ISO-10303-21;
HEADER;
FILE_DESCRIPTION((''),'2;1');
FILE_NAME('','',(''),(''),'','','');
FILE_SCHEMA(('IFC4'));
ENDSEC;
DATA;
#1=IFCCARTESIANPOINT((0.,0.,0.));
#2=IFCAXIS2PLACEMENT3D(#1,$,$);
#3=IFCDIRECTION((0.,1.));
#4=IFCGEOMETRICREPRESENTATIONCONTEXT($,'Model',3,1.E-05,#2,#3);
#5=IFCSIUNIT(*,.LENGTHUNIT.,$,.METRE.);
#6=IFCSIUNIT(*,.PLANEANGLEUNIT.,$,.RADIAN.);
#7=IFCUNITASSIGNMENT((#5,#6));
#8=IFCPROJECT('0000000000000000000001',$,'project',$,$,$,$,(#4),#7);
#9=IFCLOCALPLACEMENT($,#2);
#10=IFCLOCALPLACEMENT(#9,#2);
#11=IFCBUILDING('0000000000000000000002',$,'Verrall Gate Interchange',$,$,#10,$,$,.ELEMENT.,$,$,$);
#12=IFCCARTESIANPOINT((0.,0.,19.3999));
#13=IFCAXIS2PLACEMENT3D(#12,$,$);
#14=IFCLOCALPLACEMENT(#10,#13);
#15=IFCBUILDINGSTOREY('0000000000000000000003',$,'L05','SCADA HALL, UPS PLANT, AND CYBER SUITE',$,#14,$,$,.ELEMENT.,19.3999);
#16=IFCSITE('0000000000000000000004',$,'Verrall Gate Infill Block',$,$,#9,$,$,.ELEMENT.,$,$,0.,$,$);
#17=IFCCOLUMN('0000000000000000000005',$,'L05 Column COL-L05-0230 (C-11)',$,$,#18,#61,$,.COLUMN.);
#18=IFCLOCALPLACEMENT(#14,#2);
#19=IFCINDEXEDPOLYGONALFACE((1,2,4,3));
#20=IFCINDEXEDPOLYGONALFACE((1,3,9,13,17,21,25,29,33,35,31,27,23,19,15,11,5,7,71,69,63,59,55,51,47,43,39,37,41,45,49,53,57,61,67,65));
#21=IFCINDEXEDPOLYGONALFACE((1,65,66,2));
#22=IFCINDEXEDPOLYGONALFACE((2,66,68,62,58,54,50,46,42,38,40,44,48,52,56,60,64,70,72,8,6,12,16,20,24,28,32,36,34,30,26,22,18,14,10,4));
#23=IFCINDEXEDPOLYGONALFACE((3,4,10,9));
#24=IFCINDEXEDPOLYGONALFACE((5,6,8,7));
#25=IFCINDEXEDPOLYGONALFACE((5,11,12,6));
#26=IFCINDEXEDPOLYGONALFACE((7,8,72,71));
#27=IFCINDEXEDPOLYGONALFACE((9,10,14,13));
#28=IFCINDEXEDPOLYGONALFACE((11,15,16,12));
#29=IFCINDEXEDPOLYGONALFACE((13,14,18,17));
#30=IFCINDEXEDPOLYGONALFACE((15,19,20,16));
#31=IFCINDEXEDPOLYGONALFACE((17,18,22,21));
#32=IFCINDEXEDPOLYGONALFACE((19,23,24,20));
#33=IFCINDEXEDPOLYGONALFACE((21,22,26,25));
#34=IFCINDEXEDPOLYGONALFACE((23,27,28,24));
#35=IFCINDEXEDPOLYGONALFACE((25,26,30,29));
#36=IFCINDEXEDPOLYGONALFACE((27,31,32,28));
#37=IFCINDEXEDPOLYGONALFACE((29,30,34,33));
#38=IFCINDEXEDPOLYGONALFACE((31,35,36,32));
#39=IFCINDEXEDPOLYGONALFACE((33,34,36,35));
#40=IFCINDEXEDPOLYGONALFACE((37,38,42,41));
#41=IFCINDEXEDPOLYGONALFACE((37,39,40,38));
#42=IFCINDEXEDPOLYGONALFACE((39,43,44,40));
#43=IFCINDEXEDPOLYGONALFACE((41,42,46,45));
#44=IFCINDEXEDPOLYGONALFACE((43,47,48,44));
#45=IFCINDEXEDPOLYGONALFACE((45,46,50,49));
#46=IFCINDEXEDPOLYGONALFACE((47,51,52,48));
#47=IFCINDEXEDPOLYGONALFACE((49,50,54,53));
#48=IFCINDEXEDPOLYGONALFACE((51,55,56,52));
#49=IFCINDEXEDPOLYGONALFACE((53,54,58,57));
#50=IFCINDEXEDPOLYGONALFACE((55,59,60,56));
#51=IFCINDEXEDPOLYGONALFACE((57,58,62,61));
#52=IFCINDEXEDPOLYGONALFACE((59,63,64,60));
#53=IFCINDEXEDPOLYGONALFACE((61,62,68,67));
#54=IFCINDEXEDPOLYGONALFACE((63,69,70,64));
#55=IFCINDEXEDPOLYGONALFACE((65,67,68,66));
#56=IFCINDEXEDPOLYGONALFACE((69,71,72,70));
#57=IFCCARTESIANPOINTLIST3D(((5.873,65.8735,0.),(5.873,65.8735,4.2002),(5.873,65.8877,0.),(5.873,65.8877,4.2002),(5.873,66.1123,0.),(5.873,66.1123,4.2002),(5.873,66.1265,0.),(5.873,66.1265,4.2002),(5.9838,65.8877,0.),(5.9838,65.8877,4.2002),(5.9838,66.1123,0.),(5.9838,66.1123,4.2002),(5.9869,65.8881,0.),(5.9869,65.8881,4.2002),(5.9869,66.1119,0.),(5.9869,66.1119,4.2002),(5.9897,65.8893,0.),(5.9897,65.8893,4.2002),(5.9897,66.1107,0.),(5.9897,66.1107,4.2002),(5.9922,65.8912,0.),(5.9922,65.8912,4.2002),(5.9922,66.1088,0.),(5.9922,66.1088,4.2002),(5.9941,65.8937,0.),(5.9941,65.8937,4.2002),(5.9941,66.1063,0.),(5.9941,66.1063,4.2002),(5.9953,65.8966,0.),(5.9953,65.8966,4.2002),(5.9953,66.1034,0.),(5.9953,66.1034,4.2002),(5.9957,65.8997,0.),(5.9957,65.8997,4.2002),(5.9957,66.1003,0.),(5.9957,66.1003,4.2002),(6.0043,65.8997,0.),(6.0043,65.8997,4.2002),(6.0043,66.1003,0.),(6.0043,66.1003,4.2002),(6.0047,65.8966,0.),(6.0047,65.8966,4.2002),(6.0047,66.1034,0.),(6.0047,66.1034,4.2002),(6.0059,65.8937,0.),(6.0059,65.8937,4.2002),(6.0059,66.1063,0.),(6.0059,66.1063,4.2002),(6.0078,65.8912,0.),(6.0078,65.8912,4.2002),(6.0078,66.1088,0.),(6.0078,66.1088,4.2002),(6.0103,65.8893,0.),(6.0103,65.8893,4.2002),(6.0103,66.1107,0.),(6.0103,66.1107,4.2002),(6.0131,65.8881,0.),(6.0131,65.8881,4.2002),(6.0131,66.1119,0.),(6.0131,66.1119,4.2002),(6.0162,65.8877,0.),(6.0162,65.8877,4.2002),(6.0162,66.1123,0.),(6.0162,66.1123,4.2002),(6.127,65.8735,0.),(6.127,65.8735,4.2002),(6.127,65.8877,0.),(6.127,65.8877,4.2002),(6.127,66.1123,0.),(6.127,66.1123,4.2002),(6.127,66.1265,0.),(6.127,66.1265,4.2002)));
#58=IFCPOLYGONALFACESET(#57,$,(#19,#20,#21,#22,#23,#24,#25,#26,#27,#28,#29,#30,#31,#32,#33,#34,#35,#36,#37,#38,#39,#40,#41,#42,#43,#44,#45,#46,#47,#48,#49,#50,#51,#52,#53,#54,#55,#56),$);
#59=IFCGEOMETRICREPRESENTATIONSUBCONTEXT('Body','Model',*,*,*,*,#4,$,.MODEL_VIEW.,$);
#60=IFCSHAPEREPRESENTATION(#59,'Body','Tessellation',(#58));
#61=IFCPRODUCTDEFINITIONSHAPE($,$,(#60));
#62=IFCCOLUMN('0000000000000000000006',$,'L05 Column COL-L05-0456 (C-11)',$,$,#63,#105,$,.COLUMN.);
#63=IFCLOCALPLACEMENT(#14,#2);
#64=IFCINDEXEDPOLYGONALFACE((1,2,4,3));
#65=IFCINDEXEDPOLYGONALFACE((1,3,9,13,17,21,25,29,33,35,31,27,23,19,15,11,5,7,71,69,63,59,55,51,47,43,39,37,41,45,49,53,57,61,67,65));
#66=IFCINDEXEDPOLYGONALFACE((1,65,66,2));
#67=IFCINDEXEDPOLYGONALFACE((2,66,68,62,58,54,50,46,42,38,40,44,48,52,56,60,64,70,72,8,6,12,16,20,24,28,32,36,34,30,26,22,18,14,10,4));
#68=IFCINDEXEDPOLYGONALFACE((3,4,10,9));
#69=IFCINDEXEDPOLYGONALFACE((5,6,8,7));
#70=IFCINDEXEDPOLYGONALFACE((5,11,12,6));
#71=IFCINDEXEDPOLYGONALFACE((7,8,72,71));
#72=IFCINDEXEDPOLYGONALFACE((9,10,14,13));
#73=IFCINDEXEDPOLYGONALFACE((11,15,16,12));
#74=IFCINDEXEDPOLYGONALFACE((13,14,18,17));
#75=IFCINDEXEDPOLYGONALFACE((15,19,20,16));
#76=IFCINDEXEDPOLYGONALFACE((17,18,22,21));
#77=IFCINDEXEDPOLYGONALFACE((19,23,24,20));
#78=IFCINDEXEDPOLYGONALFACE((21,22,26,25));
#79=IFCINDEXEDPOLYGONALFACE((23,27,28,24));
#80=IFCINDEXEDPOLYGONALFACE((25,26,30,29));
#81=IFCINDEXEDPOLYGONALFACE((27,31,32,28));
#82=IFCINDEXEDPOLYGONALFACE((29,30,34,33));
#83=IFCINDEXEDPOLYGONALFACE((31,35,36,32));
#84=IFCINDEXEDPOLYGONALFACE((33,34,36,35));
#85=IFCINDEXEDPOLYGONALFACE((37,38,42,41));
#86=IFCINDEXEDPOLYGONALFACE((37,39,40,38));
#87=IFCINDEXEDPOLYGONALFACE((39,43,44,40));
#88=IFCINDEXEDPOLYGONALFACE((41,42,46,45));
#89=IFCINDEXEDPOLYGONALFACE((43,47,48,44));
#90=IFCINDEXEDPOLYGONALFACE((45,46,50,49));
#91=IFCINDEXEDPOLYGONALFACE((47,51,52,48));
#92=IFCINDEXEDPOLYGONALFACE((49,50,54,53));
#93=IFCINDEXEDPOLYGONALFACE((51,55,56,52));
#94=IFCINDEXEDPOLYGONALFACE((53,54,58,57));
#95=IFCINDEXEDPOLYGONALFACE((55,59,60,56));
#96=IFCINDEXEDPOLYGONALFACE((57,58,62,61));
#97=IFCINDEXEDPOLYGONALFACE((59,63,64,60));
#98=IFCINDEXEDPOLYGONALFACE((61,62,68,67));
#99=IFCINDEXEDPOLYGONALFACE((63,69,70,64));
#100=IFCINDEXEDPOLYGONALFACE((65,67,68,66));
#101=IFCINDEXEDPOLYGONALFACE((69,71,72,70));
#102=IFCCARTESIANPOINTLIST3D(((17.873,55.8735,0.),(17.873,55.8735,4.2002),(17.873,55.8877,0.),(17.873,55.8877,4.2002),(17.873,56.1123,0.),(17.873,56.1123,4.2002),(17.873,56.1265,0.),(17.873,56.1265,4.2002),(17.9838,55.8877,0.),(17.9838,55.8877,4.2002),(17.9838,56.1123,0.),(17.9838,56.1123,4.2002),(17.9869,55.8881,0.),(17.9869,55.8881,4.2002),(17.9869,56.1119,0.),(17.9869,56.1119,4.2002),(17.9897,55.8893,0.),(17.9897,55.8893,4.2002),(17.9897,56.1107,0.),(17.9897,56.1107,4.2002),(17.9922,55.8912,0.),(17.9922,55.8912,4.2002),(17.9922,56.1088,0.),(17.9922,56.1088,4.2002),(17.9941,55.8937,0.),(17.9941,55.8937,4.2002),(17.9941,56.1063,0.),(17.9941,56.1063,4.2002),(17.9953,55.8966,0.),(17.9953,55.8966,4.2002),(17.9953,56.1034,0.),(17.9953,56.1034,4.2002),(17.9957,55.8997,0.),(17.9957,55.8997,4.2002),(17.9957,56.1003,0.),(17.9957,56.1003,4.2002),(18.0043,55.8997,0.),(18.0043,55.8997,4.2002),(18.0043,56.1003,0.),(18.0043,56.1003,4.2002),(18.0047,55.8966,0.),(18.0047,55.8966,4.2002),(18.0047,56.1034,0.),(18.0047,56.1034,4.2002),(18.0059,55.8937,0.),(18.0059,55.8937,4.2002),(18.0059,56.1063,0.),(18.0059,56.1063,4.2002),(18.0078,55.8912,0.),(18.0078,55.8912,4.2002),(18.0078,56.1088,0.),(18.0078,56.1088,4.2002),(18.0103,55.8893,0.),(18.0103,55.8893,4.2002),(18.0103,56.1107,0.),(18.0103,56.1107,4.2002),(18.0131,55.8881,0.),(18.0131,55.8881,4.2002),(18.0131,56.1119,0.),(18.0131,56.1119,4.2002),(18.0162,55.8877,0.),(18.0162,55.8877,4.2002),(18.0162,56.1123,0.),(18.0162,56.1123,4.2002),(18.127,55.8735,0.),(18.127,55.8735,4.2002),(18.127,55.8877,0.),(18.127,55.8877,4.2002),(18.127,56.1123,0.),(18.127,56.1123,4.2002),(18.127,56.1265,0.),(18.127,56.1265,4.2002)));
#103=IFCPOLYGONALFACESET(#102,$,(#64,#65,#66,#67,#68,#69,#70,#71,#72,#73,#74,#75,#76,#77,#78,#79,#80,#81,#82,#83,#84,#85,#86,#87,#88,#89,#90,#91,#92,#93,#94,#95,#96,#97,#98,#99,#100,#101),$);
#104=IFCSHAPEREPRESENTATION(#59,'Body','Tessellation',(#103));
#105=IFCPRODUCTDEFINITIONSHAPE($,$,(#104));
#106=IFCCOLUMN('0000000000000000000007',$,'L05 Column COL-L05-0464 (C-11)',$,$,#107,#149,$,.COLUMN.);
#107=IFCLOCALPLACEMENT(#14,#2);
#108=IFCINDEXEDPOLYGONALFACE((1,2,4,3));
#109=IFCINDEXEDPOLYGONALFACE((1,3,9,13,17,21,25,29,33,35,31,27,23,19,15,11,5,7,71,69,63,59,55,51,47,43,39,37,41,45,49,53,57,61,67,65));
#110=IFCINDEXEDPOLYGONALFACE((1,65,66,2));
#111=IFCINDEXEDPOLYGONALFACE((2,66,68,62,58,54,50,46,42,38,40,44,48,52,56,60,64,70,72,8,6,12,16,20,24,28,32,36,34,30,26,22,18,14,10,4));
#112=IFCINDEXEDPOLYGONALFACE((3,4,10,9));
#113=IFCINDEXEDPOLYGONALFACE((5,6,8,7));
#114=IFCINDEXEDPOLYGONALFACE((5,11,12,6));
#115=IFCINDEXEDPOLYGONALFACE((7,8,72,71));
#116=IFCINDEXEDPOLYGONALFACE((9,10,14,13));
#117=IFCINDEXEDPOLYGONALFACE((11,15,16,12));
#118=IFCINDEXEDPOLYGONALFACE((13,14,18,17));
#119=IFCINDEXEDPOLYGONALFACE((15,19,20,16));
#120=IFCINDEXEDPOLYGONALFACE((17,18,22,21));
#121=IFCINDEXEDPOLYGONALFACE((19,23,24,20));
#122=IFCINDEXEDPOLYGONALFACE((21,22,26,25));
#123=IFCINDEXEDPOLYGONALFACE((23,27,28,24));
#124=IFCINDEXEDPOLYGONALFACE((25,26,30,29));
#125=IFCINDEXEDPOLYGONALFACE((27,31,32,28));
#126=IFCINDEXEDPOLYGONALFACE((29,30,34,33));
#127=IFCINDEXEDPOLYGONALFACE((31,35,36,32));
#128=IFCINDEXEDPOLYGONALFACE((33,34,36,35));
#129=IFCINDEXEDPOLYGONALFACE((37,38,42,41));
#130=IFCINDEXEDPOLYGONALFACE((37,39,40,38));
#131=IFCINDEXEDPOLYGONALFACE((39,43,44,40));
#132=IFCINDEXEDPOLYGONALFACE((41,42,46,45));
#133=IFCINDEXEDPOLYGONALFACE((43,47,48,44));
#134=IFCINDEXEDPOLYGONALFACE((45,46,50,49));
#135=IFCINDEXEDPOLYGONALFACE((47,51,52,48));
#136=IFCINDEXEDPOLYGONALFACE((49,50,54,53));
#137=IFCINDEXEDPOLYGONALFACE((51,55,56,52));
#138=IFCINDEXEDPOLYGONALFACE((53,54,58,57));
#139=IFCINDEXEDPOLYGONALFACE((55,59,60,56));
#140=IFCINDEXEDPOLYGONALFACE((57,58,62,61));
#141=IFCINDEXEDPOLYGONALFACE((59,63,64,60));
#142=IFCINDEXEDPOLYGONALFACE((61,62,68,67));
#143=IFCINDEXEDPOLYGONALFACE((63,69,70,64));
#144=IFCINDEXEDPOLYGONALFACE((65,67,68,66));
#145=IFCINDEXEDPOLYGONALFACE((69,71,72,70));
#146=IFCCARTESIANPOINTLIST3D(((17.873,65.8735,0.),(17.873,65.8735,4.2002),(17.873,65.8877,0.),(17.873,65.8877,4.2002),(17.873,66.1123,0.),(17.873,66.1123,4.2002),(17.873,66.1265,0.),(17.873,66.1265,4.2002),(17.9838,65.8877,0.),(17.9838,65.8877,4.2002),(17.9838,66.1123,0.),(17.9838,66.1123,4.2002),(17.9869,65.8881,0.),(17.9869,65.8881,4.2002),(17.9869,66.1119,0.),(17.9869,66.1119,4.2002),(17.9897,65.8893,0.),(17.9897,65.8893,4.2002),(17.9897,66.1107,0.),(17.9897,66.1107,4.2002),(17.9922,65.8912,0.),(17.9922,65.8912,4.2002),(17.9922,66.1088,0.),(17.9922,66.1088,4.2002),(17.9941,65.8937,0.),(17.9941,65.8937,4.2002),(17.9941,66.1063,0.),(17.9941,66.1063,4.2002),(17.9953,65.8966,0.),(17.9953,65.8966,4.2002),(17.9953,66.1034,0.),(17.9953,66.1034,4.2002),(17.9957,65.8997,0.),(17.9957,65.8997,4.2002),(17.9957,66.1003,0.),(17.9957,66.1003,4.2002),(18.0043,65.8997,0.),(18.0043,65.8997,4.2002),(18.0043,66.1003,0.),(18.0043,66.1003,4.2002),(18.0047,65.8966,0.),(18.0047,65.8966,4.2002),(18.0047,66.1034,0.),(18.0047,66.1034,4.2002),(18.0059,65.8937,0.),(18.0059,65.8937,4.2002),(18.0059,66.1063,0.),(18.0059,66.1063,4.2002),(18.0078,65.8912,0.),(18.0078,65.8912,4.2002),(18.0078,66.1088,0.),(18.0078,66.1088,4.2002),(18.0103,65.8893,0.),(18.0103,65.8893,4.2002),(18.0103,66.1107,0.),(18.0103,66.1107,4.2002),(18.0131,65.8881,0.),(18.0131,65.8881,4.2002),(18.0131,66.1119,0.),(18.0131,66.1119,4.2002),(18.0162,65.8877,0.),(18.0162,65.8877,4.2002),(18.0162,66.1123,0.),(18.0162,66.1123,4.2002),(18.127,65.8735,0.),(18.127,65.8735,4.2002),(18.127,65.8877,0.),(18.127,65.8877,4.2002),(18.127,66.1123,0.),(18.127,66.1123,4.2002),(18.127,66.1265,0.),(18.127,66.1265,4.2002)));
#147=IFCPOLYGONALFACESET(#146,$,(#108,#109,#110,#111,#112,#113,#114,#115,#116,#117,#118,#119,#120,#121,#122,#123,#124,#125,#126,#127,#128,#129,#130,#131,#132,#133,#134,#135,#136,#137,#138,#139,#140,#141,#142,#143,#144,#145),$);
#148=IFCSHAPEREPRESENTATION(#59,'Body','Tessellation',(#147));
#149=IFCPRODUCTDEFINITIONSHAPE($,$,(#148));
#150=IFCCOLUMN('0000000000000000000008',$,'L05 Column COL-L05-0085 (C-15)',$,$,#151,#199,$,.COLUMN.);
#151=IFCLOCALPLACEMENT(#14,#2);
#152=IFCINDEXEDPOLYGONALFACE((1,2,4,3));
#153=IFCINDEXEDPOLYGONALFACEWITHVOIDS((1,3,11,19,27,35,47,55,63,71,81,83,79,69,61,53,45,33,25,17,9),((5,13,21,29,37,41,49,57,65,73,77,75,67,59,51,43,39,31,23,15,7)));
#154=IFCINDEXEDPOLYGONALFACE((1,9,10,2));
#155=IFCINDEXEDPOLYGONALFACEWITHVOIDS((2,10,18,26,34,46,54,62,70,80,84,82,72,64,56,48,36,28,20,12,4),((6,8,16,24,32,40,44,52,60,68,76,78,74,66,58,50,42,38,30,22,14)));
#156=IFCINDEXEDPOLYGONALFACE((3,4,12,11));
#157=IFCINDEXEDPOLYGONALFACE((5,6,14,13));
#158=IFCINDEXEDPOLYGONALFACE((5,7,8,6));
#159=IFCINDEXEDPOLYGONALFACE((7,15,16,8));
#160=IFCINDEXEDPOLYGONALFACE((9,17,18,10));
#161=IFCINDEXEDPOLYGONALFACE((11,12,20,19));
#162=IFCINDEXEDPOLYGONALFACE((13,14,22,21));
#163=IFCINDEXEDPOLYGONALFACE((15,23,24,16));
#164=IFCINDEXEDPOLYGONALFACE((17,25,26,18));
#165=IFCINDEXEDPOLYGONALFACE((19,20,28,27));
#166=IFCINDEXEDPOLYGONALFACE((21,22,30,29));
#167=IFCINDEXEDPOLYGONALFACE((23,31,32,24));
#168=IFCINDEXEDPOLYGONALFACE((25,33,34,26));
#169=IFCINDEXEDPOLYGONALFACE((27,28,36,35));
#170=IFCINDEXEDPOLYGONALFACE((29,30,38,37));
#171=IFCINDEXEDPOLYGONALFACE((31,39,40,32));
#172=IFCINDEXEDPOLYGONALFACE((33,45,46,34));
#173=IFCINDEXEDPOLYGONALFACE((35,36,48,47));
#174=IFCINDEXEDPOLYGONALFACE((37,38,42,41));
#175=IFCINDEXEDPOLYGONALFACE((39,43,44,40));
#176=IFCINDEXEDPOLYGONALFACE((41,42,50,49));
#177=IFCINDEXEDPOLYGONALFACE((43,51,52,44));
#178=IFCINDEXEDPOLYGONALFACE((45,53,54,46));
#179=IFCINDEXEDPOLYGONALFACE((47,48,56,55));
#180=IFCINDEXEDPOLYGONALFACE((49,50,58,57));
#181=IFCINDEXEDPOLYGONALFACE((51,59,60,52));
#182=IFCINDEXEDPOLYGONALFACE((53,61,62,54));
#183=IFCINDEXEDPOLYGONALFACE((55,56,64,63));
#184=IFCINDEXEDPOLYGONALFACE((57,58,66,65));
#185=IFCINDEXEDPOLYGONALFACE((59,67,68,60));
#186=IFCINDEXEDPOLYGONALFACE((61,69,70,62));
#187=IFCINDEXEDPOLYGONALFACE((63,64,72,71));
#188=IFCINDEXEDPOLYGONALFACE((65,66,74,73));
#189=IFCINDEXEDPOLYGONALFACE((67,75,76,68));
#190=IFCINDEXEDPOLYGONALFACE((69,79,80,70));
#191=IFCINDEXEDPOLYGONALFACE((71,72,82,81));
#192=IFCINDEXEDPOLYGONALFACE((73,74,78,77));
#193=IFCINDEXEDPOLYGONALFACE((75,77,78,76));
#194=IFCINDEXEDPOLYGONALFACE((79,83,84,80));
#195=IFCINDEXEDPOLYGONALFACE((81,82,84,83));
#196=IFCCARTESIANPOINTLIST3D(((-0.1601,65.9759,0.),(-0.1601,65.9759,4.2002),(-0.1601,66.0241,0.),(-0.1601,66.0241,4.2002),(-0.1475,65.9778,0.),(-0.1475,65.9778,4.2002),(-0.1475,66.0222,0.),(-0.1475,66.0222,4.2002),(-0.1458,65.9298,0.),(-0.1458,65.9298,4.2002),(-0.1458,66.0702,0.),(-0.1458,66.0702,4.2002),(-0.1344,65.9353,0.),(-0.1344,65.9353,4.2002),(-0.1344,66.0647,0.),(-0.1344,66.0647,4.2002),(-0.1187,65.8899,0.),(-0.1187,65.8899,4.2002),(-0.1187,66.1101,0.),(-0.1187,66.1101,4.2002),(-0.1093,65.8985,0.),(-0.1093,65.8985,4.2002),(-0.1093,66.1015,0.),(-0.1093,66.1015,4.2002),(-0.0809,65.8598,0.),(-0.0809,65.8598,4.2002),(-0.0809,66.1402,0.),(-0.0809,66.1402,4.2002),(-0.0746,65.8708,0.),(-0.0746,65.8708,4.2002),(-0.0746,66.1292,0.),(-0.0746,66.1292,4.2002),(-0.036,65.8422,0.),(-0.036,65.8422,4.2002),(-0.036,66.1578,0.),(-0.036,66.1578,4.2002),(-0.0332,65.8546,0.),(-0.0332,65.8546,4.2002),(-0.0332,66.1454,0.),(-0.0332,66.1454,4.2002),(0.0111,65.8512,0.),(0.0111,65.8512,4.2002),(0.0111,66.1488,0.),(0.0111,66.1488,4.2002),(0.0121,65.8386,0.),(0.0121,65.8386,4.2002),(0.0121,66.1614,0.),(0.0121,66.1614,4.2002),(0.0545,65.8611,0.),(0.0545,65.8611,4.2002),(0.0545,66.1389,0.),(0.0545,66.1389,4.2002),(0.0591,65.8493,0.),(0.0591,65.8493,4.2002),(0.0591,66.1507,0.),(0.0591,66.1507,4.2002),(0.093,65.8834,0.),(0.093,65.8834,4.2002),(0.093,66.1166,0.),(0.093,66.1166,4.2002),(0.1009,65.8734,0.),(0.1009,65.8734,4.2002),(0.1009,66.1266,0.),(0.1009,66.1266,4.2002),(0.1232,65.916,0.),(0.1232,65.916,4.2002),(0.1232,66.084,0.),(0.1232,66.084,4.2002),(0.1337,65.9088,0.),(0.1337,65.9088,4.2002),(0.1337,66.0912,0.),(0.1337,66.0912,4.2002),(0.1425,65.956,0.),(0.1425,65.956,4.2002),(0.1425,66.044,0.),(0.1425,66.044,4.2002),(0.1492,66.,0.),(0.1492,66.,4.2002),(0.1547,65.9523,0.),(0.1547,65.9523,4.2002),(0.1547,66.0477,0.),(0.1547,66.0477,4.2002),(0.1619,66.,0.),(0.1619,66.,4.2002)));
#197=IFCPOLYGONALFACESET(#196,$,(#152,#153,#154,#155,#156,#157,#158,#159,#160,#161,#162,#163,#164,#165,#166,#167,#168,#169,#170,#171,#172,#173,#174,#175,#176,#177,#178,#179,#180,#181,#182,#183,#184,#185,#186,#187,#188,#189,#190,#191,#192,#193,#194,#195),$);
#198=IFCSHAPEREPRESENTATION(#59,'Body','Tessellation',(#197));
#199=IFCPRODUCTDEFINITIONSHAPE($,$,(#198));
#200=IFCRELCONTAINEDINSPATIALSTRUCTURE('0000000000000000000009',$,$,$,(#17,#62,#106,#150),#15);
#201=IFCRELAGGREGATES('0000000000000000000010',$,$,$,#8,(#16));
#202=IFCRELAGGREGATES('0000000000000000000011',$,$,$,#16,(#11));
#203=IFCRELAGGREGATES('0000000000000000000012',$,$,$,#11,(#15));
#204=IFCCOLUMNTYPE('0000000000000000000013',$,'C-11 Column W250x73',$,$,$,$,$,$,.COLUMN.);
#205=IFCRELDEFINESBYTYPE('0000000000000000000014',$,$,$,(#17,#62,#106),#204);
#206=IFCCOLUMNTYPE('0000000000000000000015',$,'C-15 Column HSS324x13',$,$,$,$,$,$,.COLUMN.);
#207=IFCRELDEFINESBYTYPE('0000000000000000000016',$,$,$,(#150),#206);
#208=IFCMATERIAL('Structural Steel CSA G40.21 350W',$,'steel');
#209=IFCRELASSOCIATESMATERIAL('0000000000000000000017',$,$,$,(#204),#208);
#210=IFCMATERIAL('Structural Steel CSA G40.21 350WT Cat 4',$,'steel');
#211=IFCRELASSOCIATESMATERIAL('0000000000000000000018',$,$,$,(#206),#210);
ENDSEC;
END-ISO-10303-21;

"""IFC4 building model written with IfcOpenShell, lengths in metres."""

from ifc_helpers import new_model, si_unit, direction, frame, origin, origin_2d, place, context, subcontext, project, spatial, hollow_circle, i_section, extrude, material, material_profile, profile_set, type_object, element, save


model = new_model("IFC4")

# Units and contexts
model_context = context("Model", 3, precision=1e-05, world=origin(), true_north=direction((0.0, 1.0)))
body_context = subcontext(model_context, "Body", "Model", "MODEL_VIEW")
ifc_project = project(units=[si_unit("LENGTHUNIT", "METRE"), si_unit("PLANEANGLEUNIT", "RADIAN")], contexts=[model_context])

# Site, building, storey
site_placement = place(None, origin())
site = spatial("IfcSite", under=ifc_project, at=site_placement, Name="Verrall Gate Infill Block", CompositionType="ELEMENT", RefElevation=0.0)
building_placement = place(site_placement, origin())
building = spatial("IfcBuilding", under=site, at=building_placement, Name="Verrall Gate Interchange", CompositionType="ELEMENT")
storey_placement = place(building_placement, frame((0.0, 0.0, 19.3999)))
storey = spatial("IfcBuildingStorey", under=building, at=storey_placement, Name="L05", Description="SCADA HALL, UPS PLANT, AND CYBER SUITE", CompositionType="ELEMENT", Elevation=19.3999)

# Columns
ifc_material_1 = material(Name="Structural Steel CSA G40.21 350W", Category="steel")
ifc_material_profile_1 = material_profile(ifc_material_1, i_section(OverallWidth=0.2539, OverallDepth=0.2529, WebThickness=0.0085, FlangeThickness=0.0142, FilletRadius=0.012, at=origin_2d()), Name="W250x73")
ifc_profile_set_1 = profile_set([ifc_material_profile_1], Name="Structural Steel CSA G40.21 350W")
column_type_1 = type_object("IfcColumnType", Name="C-11 Column W250x73", PredefinedType="COLUMN", material=ifc_profile_set_1)
for number, where, z_axis, x_axis, name in (
    (1, (6.0, 66.0, 0.0), (0.0, 0.0, 1.0), (1.0, 0.0, 0.0), "L05 Column COL-L05-0230 (C-11)"),
    (2, (18.0, 56.0, 0.0), (0.0, 0.0, 1.0), (1.0, 0.0, 0.0), "L05 Column COL-L05-0456 (C-11)"),
    (3, (18.0, 66.0, 0.0), (0.0, 0.0, 1.0), (1.0, 0.0, 0.0), "L05 Column COL-L05-0464 (C-11)"),
):
    element("IfcColumn", number, at=place(storey_placement, frame(where, z_axis=z_axis, x_axis=x_axis)), inside=storey, type_object=column_type_1, Name=name, PredefinedType="COLUMN", context=body_context, shape_type="SweptSolid", body=[
        extrude(i_section(OverallWidth=0.2539, OverallDepth=0.2529, WebThickness=0.0085, FlangeThickness=0.0142, FilletRadius=0.012, at=origin_2d()), origin(), (0.0, 0.0, 1.0), 4.2002),
    ])
ifc_material_2 = material(Name="Structural Steel CSA G40.21 350WT Cat 4", Category="steel")
ifc_material_profile_2 = material_profile(ifc_material_2, hollow_circle(Radius=0.1619, WallThickness=0.0127, at=origin_2d()), Name="HSS324x13")
ifc_profile_set_2 = profile_set([ifc_material_profile_2], Name="Structural Steel CSA G40.21 350WT Cat 4")
column_type_2 = type_object("IfcColumnType", Name="C-15 Column HSS324x13", PredefinedType="COLUMN", material=ifc_profile_set_2)
for number, where, z_axis, x_axis, name in (
    (4, (0.0, 66.0, 0.0), (0.0, 0.0, 1.0), (1.0, 0.0, 0.0), "L05 Column COL-L05-0085 (C-15)"),
):
    element("IfcColumn", number, at=place(storey_placement, frame(where, z_axis=z_axis, x_axis=x_axis)), inside=storey, type_object=column_type_2, Name=name, PredefinedType="COLUMN", context=body_context, shape_type="SweptSolid", body=[
        extrude(hollow_circle(Radius=0.1619, WallThickness=0.0127, at=origin_2d()), origin(), (0.0, 0.0, 1.0), 4.2002),
    ])

save(model, "model.ifc")
